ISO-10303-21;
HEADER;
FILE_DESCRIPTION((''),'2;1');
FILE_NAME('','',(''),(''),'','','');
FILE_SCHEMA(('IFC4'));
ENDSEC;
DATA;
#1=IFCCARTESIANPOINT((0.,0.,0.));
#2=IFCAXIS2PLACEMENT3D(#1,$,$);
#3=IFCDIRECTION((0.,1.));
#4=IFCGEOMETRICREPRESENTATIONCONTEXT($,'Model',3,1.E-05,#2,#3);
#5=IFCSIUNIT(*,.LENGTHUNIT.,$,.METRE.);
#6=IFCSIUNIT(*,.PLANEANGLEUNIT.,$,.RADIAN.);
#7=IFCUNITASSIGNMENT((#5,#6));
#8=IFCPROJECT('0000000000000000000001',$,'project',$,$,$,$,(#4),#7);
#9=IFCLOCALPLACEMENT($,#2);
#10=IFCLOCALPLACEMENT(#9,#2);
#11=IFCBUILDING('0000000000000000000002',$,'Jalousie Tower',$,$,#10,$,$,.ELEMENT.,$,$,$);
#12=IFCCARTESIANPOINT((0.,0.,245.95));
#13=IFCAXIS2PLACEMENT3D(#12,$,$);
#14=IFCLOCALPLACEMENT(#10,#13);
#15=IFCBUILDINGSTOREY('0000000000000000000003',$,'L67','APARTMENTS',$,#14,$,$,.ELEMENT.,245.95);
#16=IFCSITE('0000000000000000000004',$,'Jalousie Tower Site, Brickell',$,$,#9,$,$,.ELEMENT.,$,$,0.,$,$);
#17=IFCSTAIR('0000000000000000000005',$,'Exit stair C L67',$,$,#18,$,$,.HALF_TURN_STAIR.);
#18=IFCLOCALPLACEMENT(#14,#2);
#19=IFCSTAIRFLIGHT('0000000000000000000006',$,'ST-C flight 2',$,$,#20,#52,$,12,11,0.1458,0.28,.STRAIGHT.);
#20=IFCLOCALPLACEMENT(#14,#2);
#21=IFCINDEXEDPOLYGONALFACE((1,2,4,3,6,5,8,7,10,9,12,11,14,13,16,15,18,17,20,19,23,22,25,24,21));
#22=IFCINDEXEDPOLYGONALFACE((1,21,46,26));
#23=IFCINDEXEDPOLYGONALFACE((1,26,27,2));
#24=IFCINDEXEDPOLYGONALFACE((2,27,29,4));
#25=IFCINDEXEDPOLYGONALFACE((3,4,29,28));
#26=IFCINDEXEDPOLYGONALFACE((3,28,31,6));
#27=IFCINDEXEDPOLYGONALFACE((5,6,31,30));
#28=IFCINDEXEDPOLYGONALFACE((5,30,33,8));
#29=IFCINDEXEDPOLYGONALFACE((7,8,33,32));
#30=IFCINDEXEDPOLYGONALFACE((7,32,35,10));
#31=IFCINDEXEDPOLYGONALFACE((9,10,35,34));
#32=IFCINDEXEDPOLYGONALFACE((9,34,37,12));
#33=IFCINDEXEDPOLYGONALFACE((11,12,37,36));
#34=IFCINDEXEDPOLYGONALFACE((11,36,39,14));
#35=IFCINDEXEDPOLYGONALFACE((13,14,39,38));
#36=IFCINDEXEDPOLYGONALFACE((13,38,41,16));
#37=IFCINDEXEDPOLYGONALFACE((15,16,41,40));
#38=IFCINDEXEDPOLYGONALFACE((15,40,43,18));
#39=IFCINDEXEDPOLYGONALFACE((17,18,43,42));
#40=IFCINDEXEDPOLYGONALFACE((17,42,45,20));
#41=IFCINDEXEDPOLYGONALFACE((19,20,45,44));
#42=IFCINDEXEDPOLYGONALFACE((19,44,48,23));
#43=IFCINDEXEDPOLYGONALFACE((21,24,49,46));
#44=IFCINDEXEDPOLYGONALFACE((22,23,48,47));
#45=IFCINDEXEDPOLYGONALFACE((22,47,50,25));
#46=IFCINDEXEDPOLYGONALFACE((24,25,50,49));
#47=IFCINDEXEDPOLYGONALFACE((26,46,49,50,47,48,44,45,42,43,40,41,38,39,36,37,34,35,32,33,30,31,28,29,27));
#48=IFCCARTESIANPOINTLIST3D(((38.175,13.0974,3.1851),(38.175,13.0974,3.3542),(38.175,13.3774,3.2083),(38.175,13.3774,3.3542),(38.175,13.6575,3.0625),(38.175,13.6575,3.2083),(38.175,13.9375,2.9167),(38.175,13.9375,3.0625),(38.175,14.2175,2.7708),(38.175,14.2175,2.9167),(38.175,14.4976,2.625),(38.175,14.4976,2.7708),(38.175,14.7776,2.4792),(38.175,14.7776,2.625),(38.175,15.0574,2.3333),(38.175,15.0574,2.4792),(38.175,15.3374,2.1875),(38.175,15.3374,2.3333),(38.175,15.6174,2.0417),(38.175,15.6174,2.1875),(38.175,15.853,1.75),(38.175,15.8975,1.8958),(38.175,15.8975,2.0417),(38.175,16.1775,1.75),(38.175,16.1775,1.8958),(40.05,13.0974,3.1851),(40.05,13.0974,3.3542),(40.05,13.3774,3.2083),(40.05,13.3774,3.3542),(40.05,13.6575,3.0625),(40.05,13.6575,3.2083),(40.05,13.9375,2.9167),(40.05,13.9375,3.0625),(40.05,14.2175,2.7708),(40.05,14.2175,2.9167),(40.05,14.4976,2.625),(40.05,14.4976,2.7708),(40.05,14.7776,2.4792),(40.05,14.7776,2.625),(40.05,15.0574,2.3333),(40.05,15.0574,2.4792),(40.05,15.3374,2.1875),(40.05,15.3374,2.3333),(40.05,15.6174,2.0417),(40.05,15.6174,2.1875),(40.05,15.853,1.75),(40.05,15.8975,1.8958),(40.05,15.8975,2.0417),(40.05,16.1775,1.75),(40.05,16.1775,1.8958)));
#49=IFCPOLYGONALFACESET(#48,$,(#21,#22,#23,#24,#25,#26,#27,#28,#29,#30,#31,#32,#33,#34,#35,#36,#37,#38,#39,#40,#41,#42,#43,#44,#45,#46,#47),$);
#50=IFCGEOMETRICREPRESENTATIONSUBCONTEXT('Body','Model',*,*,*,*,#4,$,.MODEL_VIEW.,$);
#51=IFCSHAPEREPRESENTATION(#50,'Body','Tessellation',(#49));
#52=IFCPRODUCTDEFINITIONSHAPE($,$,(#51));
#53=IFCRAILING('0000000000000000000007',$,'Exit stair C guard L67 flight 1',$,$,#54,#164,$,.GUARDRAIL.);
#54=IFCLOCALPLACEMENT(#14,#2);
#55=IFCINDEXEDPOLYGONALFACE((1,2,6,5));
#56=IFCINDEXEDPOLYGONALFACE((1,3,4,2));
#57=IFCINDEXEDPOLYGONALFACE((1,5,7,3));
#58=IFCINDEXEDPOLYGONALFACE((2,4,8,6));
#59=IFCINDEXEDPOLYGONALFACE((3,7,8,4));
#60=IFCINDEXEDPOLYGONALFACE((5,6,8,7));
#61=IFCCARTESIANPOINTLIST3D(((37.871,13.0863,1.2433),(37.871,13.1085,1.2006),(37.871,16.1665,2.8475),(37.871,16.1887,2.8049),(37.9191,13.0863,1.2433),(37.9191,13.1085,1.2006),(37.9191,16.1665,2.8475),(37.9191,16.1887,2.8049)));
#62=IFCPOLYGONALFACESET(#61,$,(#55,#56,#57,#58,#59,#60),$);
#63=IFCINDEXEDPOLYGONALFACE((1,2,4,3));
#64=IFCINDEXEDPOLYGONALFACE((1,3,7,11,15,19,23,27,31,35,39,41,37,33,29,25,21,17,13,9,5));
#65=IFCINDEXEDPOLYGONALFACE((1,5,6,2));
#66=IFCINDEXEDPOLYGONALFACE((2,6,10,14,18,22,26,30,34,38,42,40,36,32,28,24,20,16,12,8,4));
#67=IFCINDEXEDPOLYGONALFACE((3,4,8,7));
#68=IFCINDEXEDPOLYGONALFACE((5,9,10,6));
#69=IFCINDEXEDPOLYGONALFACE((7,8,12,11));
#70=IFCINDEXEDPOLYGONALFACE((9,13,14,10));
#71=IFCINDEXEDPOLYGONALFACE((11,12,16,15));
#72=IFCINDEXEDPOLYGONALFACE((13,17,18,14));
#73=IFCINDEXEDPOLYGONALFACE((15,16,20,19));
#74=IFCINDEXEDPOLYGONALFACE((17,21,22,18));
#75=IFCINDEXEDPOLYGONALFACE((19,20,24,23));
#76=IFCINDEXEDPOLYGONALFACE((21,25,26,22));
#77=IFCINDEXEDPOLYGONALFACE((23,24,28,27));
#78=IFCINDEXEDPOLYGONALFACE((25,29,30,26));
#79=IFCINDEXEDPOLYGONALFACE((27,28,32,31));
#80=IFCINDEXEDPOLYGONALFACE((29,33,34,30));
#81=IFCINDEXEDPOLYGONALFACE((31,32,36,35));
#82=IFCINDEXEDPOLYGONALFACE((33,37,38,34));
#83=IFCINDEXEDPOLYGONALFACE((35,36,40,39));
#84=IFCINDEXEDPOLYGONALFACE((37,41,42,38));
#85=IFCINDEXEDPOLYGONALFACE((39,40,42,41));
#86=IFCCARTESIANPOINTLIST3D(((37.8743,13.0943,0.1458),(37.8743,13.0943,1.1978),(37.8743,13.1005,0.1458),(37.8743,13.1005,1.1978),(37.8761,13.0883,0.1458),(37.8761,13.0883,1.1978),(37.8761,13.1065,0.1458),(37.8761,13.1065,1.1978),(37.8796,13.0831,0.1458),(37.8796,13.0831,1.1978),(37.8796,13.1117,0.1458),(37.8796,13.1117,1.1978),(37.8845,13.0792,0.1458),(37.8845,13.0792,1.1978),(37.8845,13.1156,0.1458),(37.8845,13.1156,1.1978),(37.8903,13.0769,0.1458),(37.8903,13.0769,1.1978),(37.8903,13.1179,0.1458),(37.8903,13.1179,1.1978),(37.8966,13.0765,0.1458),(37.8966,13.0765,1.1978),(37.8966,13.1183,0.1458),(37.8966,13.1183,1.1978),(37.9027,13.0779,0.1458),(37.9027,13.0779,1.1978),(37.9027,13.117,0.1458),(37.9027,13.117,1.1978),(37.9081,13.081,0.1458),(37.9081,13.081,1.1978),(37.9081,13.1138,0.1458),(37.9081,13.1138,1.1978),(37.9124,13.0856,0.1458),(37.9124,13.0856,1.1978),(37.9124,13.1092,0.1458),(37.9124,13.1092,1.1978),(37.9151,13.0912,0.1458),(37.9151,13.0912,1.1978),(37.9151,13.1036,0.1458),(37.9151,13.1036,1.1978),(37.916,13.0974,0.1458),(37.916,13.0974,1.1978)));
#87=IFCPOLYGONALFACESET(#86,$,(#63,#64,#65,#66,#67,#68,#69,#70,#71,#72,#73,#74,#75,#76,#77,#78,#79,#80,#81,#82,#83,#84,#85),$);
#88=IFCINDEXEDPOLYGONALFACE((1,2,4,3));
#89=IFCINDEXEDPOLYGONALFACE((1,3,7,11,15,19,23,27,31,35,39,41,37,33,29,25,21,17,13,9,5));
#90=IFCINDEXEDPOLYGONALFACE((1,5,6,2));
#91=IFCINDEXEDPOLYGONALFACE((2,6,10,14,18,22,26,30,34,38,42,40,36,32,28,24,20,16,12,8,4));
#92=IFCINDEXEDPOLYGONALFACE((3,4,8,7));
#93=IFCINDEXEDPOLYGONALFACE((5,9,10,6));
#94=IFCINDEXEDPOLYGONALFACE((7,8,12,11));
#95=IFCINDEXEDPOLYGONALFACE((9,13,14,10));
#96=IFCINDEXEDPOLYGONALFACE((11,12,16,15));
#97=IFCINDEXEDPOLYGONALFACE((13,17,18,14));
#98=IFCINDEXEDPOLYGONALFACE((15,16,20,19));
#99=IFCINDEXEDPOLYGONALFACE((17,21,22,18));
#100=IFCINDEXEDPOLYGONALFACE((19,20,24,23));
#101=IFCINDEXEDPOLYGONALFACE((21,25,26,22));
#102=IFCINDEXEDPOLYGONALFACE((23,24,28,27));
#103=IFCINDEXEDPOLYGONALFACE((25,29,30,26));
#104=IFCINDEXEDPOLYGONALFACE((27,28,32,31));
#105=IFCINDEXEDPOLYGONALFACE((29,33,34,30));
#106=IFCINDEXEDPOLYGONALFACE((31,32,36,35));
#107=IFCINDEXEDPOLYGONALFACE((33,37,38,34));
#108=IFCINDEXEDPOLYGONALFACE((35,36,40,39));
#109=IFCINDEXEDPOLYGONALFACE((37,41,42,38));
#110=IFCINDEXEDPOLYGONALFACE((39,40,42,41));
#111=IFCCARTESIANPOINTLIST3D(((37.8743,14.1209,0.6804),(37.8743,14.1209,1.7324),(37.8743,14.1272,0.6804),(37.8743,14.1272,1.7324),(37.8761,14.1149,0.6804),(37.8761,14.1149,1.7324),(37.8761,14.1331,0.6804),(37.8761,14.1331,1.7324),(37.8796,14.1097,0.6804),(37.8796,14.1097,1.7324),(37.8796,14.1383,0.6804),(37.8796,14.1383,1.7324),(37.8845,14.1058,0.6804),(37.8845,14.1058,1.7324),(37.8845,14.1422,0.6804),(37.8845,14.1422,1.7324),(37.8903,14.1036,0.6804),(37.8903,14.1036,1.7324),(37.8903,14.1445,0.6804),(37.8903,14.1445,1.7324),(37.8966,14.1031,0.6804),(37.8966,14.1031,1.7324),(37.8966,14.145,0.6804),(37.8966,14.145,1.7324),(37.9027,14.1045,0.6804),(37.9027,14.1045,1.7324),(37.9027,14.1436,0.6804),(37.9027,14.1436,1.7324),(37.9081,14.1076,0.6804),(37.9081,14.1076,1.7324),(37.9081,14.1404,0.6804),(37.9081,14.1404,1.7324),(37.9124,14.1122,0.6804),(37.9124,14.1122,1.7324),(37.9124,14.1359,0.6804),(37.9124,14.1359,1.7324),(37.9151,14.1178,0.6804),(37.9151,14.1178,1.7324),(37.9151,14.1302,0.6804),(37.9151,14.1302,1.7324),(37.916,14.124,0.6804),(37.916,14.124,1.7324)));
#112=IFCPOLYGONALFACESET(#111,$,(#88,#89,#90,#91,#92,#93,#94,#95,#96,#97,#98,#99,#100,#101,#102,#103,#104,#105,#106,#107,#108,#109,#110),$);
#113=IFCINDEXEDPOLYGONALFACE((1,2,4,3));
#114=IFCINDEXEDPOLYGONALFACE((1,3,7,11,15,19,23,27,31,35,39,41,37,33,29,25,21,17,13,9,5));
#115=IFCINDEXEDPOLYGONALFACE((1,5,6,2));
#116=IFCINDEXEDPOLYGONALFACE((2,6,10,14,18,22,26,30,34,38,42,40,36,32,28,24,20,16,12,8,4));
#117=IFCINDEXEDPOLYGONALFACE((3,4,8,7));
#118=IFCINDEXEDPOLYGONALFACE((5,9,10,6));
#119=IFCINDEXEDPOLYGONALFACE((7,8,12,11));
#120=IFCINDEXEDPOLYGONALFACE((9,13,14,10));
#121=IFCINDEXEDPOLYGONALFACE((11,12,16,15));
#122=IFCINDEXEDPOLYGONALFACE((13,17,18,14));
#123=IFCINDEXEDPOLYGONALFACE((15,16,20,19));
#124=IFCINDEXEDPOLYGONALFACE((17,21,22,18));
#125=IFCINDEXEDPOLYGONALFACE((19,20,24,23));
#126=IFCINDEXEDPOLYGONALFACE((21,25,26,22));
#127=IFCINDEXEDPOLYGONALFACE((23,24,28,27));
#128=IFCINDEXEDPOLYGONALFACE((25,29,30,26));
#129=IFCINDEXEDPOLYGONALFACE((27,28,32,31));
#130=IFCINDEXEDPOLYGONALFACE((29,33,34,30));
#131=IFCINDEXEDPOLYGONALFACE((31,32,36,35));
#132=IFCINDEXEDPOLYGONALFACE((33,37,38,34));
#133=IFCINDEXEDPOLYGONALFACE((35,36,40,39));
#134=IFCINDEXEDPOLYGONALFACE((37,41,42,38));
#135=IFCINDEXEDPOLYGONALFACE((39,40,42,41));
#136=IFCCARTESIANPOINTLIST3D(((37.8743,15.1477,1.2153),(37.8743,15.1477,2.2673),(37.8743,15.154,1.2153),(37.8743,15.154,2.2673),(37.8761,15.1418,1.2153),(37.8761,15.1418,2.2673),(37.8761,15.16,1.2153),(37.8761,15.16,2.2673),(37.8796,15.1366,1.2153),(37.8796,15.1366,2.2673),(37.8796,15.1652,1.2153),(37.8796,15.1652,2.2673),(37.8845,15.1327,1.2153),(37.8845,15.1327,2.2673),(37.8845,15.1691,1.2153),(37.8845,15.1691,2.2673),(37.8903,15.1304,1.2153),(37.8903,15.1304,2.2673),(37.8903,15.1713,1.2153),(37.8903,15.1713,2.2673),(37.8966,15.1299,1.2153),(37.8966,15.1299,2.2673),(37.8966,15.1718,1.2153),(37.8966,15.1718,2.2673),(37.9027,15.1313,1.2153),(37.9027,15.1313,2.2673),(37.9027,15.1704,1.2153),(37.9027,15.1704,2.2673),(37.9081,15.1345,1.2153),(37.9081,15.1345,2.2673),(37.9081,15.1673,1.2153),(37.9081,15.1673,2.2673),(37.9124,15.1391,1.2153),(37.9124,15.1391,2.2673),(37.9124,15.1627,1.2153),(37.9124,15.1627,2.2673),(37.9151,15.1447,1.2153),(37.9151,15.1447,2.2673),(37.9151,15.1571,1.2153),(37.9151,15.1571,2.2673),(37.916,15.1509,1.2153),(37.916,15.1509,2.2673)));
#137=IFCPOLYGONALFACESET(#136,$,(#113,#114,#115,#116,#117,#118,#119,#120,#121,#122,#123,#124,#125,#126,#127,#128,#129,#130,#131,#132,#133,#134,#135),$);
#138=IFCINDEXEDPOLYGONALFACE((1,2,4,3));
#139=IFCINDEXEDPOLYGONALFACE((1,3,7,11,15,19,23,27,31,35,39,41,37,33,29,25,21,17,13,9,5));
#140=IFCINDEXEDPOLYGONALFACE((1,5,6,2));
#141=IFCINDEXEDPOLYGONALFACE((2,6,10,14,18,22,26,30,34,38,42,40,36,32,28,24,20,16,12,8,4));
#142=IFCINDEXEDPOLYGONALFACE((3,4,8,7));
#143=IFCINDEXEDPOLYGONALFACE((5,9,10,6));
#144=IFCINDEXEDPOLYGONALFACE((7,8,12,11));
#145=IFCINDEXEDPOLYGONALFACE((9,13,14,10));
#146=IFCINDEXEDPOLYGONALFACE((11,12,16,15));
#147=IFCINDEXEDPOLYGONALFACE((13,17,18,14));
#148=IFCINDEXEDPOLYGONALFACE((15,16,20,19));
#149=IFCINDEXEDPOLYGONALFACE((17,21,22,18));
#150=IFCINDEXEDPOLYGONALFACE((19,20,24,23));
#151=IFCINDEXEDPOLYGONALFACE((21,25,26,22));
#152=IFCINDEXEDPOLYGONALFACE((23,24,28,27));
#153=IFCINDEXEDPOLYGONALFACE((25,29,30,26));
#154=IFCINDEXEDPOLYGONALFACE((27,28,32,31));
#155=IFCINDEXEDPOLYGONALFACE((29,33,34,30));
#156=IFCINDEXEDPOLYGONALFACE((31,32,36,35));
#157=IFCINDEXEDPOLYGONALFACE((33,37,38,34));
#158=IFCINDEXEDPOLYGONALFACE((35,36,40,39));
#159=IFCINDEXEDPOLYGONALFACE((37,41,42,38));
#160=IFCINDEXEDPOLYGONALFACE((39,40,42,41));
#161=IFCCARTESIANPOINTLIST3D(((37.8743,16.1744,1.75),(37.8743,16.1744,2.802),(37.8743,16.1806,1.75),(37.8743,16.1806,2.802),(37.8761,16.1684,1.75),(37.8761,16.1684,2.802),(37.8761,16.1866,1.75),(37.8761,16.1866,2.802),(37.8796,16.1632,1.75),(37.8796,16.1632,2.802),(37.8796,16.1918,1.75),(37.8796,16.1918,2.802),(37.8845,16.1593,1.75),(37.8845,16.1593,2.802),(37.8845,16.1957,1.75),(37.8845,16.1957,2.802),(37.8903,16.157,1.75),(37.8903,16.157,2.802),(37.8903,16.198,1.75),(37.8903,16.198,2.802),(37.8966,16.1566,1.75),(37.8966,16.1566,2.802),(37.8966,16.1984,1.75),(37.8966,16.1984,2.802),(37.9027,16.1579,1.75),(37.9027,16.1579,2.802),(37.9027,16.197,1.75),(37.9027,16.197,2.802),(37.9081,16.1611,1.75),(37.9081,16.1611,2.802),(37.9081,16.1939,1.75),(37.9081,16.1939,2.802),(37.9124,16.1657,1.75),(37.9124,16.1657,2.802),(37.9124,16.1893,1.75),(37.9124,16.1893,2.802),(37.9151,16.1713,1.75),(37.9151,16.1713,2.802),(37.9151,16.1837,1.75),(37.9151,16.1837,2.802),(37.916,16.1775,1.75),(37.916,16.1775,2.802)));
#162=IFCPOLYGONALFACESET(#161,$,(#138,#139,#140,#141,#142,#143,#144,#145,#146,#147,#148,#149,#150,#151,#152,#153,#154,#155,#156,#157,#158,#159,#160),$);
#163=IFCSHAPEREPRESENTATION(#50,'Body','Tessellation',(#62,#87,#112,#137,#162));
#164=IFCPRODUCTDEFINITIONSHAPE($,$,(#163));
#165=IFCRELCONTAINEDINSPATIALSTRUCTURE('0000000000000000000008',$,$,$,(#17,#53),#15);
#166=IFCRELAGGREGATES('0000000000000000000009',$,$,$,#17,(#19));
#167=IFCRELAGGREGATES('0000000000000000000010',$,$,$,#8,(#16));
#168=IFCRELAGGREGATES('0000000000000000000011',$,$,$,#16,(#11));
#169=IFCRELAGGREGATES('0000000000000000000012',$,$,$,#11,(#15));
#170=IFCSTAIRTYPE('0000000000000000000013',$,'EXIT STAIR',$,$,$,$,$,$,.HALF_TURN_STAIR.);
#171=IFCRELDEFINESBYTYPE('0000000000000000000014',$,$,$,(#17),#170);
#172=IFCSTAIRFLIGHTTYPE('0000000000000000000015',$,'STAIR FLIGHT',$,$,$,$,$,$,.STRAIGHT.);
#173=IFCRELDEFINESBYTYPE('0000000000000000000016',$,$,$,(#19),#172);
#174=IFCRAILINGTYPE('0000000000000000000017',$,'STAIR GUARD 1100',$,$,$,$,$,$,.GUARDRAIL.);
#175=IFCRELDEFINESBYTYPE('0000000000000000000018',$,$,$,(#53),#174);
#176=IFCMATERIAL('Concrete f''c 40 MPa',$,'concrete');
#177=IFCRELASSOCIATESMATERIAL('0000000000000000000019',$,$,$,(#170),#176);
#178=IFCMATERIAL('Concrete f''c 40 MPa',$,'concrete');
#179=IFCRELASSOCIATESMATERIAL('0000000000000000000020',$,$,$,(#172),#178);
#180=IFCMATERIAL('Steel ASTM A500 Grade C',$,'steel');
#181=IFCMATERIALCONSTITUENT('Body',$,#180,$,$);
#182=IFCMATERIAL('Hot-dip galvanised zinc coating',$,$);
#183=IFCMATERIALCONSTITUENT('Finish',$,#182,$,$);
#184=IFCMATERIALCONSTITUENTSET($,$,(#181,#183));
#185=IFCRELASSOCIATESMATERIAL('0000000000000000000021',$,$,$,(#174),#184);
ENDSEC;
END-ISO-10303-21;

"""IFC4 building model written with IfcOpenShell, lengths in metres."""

from ifc_helpers import new_model, si_unit, direction, frame, origin, origin_2d, place, context, subcontext, project, spatial, polyline, rectangle, circle, outline, extrude, material, constituent, constituent_set, type_object, element, aggregate, save


model = new_model("IFC4")

# Units and contexts
model_context = context("Model", 3, precision=1e-05, world=origin(), true_north=direction((0.0, 1.0)))
body_context = subcontext(model_context, "Body", "Model", "MODEL_VIEW")
ifc_project = project(units=[si_unit("LENGTHUNIT", "METRE"), si_unit("PLANEANGLEUNIT", "RADIAN")], contexts=[model_context])

# Site, building, storey
site_placement = place(None, origin())
site = spatial("IfcSite", under=ifc_project, at=site_placement, Name="Jalousie Tower Site, Brickell", CompositionType="ELEMENT", RefElevation=0.0)
building_placement = place(site_placement, origin())
building = spatial("IfcBuilding", under=site, at=building_placement, Name="Jalousie Tower", CompositionType="ELEMENT")
storey_placement = place(building_placement, frame((0.0, 0.0, 245.95)))
storey = spatial("IfcBuildingStorey", under=building, at=storey_placement, Name="L67", Description="APARTMENTS", CompositionType="ELEMENT", Elevation=245.95)

# Stair, stair flight
ifc_material_1 = material(Name="Concrete f'c 40 MPa", Category="concrete")
stair_type = type_object("IfcStairType", Name="EXIT STAIR", PredefinedType="HALF_TURN_STAIR", material=ifc_material_1)
stair_placement = place(storey_placement, origin())
stair = element("IfcStair", 1, at=stair_placement, inside=storey, type_object=stair_type, Name="Exit stair C L67", PredefinedType="HALF_TURN_STAIR")
ifc_material_2 = material(Name="Concrete f'c 40 MPa", Category="concrete")
stair_flight_type = type_object("IfcStairFlightType", Name="STAIR FLIGHT", PredefinedType="STRAIGHT", material=ifc_material_2)
stair_flight_1_placement = place(storey_placement, frame((39.1125, 16.1775, 1.75), z_axis=(0.0, 0.0, 1.0), x_axis=(0.0, -1.0, 0.0)))
stair_flight_1 = element("IfcStairFlight", 2, at=stair_flight_1_placement, type_object=stair_flight_type, Name="ST-C flight 2", NumberOfRisers=12, NumberOfTreads=11, PredefinedType="STRAIGHT", RiserHeight=0.1458, TreadLength=0.28, context=body_context, shape_type="SweptSolid", body=[
    extrude(outline(polyline([(0.0, 0.0), (0.0, 0.1458), (0.28, 0.1458), (0.28, 0.2917), (0.5601, 0.2917), (0.5601, 0.4375), (0.8401, 0.4375), (0.8401, 0.5833), (1.1201, 0.5833), (1.1201, 0.7292), (1.3999, 0.7292), (1.3999, 0.875), (1.6799, 0.875), (1.6799, 1.0208), (1.96, 1.0208), (1.96, 1.1667), (2.24, 1.1667), (2.24, 1.3125), (2.52, 1.3125), (2.52, 1.4583), (2.8, 1.4583), (2.8, 1.6042), (3.0801, 1.6042), (3.0801, 1.75), (3.0801, 1.4351), (0.3245, 0.0), (0.0, 0.0)])), frame((0.0, 0.9375, 0.0), z_axis=(0.0, -1.0, 0.0), x_axis=(1.0, 0.0, 0.0)), (0.0, 0.0, 1.0), 1.875),
])
aggregate(stair, [stair_flight_1])

# Railing
ifc_material_3 = material(Name="Steel ASTM A500 Grade C", Category="steel")
ifc_constituent_1 = constituent(ifc_material_3, Name="Body")
ifc_material_4 = material(Name="Hot-dip galvanised zinc coating")
ifc_constituent_2 = constituent(ifc_material_4, Name="Finish")
ifc_constituent_set_1 = constituent_set(constituents=[ifc_constituent_1, ifc_constituent_2])
railing_type_1 = type_object("IfcRailingType", Name="STAIR GUARD 1100", PredefinedType="GUARDRAIL", material=ifc_constituent_set_1)
railing_1_placement = place(storey_placement, frame((37.895, 13.0974, 0.1458)))
element("IfcRailing", 3, at=railing_1_placement, inside=storey, type_object=railing_type_1, Name="Exit stair C guard L67 flight 1", PredefinedType="GUARDRAIL", context=body_context, shape_type="SweptSolid", body=[
    extrude(rectangle(XDim=0.0481, YDim=0.0481, at=origin_2d()), frame((0.0, 0.0, 1.0762), z_axis=(0.0, 0.886909, 0.461944), x_axis=(-1.0, 0.0, 0.0)), (0.0, 0.0, 1.0), 3.4729),
    extrude(circle(Radius=0.021, at=origin_2d()), origin(), (0.0, 0.0, 1.0), 1.052),
    extrude(circle(Radius=0.021, at=origin_2d()), frame((0.0, 1.0266, 0.5347)), (0.0, 0.0, 1.0), 1.052),
    extrude(circle(Radius=0.021, at=origin_2d()), frame((0.0, 2.0535, 1.0696)), (0.0, 0.0, 1.0), 1.052),
    extrude(circle(Radius=0.021, at=origin_2d()), frame((0.0, 3.0801, 1.6042)), (0.0, 0.0, 1.0), 1.052),
])

save(model, "model.ifc")
